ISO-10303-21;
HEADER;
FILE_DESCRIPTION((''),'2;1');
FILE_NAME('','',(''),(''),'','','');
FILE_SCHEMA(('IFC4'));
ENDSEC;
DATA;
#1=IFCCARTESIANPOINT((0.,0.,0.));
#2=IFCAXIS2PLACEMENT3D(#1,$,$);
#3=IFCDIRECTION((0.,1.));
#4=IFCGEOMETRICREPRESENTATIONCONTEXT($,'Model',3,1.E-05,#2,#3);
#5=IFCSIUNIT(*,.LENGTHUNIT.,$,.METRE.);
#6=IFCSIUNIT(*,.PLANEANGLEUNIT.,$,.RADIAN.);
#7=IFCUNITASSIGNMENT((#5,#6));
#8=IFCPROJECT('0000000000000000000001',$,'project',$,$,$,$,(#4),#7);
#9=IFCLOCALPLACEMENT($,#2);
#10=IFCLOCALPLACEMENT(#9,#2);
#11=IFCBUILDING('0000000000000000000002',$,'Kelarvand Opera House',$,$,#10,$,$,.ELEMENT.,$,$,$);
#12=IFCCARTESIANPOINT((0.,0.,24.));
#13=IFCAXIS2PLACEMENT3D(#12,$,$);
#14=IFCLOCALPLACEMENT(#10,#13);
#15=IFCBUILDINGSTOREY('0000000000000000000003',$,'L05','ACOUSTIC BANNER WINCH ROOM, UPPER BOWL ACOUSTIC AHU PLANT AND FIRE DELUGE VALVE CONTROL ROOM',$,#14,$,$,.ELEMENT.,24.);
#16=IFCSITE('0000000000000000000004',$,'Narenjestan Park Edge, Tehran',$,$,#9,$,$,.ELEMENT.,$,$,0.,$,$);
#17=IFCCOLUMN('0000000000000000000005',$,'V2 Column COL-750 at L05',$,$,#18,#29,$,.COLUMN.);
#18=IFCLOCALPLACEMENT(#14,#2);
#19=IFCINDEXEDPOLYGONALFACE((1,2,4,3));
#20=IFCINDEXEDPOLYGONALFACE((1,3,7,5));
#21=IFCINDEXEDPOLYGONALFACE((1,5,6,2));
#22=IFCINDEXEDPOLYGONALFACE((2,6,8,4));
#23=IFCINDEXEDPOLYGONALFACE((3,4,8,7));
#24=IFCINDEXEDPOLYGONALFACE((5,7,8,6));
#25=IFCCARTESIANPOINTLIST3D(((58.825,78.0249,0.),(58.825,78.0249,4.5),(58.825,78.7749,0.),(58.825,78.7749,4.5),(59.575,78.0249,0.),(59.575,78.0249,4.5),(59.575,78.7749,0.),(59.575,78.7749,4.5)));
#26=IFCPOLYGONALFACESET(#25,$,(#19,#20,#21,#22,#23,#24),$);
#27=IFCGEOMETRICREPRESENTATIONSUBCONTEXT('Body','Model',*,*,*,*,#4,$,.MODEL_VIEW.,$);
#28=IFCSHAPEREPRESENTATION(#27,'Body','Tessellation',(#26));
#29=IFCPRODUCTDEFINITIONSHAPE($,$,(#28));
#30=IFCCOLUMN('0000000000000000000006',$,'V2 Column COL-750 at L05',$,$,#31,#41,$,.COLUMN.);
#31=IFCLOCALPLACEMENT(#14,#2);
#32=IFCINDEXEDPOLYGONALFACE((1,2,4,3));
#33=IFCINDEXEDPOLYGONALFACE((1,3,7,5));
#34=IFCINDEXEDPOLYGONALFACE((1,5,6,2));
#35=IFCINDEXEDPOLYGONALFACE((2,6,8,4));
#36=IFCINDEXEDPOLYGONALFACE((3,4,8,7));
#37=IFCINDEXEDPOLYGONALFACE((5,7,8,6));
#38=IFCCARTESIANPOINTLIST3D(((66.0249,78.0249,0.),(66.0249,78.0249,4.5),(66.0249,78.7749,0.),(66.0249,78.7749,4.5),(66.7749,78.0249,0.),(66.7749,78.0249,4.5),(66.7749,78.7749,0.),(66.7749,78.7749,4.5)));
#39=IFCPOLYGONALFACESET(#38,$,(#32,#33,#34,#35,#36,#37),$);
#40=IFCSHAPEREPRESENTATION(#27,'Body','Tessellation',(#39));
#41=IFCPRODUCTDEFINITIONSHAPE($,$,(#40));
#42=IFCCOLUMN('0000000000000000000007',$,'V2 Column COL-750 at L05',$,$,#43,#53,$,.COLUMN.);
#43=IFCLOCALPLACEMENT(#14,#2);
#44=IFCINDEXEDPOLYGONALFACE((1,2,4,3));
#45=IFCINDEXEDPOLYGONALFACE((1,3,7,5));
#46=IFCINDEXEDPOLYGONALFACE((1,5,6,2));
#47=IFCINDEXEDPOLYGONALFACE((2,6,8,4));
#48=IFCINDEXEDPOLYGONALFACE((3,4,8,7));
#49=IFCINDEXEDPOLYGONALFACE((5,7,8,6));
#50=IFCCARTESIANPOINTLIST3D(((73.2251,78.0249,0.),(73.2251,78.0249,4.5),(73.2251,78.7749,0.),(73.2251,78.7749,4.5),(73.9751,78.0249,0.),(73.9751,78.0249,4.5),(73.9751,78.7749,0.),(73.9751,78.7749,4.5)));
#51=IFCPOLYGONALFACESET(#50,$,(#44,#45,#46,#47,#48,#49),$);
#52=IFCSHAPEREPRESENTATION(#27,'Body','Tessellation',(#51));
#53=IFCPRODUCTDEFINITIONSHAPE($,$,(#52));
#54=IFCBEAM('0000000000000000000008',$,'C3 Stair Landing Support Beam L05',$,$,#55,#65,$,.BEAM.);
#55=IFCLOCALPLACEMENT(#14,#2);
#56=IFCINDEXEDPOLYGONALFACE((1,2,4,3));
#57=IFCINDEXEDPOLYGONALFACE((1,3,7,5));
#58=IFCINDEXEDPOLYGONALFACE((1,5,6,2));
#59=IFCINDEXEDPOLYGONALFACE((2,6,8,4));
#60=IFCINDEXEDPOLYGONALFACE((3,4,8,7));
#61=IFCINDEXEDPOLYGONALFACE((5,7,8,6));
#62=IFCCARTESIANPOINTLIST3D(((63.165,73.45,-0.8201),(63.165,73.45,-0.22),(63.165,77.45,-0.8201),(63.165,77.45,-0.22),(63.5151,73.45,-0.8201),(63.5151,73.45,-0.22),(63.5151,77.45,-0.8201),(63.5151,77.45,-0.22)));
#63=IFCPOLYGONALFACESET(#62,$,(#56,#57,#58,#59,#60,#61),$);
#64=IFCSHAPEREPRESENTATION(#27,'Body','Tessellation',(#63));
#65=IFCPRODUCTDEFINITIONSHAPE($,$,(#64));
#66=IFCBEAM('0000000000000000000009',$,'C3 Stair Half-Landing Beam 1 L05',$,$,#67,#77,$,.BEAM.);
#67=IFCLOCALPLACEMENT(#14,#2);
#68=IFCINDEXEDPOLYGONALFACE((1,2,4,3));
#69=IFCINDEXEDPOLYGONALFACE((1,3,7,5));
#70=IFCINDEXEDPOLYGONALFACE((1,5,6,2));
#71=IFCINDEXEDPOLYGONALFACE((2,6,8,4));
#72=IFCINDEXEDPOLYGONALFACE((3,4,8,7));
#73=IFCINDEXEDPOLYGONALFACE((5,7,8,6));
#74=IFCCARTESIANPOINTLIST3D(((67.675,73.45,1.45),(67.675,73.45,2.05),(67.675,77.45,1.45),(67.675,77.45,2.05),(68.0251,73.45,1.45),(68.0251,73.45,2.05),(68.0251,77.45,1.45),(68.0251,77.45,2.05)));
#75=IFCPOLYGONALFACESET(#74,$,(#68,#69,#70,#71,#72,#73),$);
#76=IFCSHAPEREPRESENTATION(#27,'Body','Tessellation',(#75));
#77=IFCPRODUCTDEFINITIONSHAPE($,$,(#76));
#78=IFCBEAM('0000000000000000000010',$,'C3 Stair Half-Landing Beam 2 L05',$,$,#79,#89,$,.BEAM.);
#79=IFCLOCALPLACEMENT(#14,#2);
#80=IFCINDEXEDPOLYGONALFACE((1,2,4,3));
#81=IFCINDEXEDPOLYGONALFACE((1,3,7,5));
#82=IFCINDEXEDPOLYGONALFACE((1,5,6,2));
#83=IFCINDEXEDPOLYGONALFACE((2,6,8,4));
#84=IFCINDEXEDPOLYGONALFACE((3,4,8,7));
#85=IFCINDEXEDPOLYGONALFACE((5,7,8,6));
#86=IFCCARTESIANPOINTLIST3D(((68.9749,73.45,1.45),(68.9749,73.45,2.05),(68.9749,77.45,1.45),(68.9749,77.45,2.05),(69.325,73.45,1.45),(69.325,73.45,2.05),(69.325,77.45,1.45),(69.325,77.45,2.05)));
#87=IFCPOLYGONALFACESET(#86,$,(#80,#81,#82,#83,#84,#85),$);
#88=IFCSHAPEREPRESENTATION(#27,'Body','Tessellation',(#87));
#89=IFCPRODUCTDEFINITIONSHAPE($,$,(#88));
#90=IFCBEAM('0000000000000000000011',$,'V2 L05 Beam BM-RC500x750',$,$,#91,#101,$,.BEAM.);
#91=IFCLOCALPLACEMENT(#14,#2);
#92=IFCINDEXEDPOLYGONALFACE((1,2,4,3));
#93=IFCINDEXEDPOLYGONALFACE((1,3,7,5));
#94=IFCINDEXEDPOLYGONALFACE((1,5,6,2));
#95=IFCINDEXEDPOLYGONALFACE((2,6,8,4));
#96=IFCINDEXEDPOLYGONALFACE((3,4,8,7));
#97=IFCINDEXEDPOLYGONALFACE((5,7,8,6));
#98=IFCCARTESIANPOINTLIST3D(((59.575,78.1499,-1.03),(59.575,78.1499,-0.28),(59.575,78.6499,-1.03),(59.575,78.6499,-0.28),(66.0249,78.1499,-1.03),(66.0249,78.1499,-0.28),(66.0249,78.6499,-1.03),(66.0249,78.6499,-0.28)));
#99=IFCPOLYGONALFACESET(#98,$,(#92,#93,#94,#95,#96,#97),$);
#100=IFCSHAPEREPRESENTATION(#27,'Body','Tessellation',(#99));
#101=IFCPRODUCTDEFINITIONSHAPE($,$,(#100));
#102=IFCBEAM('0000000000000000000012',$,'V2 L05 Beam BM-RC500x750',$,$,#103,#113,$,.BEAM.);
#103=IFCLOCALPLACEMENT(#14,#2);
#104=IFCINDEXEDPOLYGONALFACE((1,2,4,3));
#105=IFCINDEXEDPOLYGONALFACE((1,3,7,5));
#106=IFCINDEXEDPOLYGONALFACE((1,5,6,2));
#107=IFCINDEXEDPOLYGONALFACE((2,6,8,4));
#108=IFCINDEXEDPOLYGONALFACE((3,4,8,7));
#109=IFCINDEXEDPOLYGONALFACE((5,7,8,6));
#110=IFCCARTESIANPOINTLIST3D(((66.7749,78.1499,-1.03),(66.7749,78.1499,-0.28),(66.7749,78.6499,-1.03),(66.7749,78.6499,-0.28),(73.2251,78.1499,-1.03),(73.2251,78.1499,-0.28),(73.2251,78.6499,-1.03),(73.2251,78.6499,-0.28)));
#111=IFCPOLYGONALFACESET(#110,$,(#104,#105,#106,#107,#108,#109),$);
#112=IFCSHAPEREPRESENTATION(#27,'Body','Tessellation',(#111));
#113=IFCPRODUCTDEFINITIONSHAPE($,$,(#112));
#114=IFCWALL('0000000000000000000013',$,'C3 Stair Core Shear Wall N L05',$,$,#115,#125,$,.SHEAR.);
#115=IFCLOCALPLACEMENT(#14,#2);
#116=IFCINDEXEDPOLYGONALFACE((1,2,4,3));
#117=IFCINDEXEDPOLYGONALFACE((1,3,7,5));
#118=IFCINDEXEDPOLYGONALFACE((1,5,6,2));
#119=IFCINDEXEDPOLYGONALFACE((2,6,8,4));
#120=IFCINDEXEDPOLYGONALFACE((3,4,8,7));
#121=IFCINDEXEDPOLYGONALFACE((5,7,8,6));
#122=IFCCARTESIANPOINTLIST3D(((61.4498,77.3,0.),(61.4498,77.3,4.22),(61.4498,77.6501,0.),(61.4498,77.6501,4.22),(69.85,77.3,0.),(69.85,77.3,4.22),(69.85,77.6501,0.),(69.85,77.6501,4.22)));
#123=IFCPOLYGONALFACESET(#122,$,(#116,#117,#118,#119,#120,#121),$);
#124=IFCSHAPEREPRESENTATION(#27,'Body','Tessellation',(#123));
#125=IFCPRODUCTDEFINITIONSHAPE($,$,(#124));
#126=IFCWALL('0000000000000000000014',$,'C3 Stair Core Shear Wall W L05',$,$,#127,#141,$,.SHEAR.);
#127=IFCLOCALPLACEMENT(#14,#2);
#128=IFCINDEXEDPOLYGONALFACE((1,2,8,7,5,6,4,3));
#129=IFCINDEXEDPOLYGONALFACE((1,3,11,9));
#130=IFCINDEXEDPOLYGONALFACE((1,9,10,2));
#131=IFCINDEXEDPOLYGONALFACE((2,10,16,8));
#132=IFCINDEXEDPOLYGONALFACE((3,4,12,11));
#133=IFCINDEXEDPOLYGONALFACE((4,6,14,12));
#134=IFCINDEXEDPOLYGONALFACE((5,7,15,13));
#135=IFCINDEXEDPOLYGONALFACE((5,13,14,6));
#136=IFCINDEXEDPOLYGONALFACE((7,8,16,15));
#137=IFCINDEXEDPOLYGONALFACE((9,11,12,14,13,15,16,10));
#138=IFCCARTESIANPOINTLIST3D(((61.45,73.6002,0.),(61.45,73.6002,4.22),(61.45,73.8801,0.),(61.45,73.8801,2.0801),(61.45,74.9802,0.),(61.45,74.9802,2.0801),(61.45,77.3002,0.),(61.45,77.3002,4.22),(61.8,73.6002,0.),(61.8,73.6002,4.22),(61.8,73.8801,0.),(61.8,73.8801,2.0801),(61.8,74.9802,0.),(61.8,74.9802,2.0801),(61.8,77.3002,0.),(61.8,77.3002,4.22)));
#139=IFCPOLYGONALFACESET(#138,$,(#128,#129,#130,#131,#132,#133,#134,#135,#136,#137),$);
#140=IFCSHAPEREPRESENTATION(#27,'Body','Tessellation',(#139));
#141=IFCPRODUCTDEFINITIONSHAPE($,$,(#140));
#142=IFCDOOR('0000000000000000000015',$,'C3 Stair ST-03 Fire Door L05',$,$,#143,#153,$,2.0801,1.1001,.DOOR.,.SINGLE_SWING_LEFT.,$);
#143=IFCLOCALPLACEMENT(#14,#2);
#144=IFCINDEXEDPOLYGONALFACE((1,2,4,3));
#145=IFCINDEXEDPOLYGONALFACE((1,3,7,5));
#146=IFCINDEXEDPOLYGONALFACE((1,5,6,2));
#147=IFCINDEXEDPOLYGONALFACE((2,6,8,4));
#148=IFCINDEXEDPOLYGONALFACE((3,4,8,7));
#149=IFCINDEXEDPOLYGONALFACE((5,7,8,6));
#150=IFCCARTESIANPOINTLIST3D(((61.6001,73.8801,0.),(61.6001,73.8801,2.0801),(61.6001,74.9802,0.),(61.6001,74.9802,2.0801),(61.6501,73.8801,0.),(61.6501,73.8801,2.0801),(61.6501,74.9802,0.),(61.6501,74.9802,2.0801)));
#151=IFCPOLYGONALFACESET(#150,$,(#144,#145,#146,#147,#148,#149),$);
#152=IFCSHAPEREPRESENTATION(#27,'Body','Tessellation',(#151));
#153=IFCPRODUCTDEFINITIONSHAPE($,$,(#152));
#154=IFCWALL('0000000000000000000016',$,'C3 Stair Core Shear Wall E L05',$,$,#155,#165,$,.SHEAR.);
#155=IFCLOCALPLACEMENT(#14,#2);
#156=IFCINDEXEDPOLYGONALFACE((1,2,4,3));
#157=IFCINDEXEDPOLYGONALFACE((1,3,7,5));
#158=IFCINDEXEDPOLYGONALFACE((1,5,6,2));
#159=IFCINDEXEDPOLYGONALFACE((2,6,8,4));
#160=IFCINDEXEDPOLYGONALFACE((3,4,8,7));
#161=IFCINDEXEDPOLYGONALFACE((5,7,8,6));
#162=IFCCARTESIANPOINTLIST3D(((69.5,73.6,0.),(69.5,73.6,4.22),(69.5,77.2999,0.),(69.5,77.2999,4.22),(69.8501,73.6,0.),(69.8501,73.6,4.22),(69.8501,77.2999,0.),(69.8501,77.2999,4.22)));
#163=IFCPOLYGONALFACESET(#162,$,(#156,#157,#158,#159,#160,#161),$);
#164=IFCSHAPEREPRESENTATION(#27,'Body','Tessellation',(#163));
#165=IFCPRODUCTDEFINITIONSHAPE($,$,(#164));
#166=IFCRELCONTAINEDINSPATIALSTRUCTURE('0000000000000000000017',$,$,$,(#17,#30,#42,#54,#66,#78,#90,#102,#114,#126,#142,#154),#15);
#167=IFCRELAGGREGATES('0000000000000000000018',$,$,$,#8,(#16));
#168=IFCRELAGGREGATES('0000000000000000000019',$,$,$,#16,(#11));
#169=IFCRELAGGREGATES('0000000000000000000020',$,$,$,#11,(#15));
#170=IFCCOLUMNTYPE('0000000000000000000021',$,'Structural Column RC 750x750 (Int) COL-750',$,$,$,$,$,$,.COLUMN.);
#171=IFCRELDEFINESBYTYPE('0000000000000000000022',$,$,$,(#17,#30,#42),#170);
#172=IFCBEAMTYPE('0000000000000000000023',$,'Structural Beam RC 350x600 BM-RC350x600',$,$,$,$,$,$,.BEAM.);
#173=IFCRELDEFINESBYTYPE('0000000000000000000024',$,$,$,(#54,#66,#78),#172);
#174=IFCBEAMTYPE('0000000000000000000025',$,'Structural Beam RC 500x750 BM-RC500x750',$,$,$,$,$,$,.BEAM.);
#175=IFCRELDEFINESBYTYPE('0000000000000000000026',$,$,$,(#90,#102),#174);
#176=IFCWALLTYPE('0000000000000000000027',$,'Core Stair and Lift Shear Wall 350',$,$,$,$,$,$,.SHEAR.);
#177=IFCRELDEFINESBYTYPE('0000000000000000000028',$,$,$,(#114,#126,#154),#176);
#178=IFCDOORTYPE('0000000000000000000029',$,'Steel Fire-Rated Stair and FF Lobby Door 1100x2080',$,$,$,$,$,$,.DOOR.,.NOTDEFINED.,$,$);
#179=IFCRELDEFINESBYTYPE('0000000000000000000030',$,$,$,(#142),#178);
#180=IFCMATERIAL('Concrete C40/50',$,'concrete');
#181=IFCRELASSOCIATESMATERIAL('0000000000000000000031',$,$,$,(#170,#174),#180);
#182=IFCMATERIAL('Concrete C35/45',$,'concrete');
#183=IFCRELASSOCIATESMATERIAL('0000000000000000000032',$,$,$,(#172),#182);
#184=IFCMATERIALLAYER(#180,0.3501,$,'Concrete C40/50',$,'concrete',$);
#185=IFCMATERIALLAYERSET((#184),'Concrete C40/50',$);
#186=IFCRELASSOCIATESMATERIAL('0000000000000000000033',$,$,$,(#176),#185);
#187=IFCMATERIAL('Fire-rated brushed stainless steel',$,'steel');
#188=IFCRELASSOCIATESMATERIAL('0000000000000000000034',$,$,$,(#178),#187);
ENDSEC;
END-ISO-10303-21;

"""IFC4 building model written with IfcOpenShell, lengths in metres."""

from ifc_helpers import new_model, si_unit, direction, frame, frame_2d, origin, origin_2d, place, context, subcontext, project, spatial, rectangle, extrude, material, layer, layer_set, material_profile, profile_set, type_object, element, fill, save


model = new_model("IFC4")

# Units and contexts
model_context = context("Model", 3, precision=1e-05, world=origin(), true_north=direction((0.0, 1.0)))
body_context = subcontext(model_context, "Body", "Model", "MODEL_VIEW")
ifc_project = project(units=[si_unit("LENGTHUNIT", "METRE"), si_unit("PLANEANGLEUNIT", "RADIAN")], contexts=[model_context])

# Site, building, storey
site_placement = place(None, origin())
site = spatial("IfcSite", under=ifc_project, at=site_placement, Name="Narenjestan Park Edge, Tehran", CompositionType="ELEMENT", RefElevation=0.0)
building_placement = place(site_placement, origin())
building = spatial("IfcBuilding", under=site, at=building_placement, Name="Kelarvand Opera House", CompositionType="ELEMENT")
storey_placement = place(building_placement, frame((0.0, 0.0, 24.0)))
storey = spatial("IfcBuildingStorey", under=building, at=storey_placement, Name="L05", Description="ACOUSTIC BANNER WINCH ROOM, UPPER BOWL ACOUSTIC AHU PLANT AND FIRE DELUGE VALVE CONTROL ROOM", CompositionType="ELEMENT", Elevation=24.0)

# Columns
ifc_material_1 = material(Name="Concrete C40/50", Category="concrete")
ifc_material_profile_1 = material_profile(ifc_material_1, rectangle(XDim=0.75, YDim=0.75, at=origin_2d()), Name="RC 750x750", Category="concrete")
ifc_profile_set_1 = profile_set([ifc_material_profile_1], Name="Concrete C40/50")
column_type = type_object("IfcColumnType", Name="Structural Column RC 750x750 (Int) COL-750", PredefinedType="COLUMN", material=ifc_profile_set_1)
for number, where, z_axis, x_axis, name in (
    (1, (59.2, 78.3999, 0.0), (0.0, 0.0, 1.0), (1.0, 0.0, 0.0), "V2 Column COL-750 at L05"),
    (2, (66.3999, 78.3999, 0.0), (0.0, 0.0, 1.0), (1.0, 0.0, 0.0), "V2 Column COL-750 at L05"),
    (3, (73.6001, 78.3999, 0.0), (0.0, 0.0, 1.0), (1.0, 0.0, 0.0), "V2 Column COL-750 at L05"),
):
    element("IfcColumn", number, at=place(storey_placement, frame(where, z_axis=z_axis, x_axis=x_axis)), inside=storey, type_object=column_type, Name=name, PredefinedType="COLUMN", context=body_context, shape_type="SweptSolid", body=[
        extrude(rectangle(XDim=0.75, YDim=0.75, at=origin_2d()), origin(), (0.0, 0.0, 1.0), 4.5),
    ])

# Beams
ifc_material_2 = material(Name="Concrete C35/45", Category="concrete")
ifc_material_profile_2 = material_profile(ifc_material_2, rectangle(XDim=0.3501, YDim=0.6001, at=origin_2d()), Name="RC 350x600", Category="concrete")
ifc_profile_set_2 = profile_set([ifc_material_profile_2], Name="Concrete C35/45")
beam_type_1 = type_object("IfcBeamType", Name="Structural Beam RC 350x600 BM-RC350x600", PredefinedType="BEAM", material=ifc_profile_set_2)
for number, where, z_axis, x_axis, name in (
    (4, (63.3401, 73.45, -0.52), (0.0, 1.0, 0.0), (-1.0, 0.0, 0.0), "C3 Stair Landing Support Beam L05"),
    (5, (67.8501, 73.45, 1.75), (0.0, 1.0, 0.0), (-1.0, 0.0, 0.0), "C3 Stair Half-Landing Beam 1 L05"),
    (6, (69.1499, 73.45, 1.75), (0.0, 1.0, 0.0), (-1.0, 0.0, 0.0), "C3 Stair Half-Landing Beam 2 L05"),
):
    element("IfcBeam", number, at=place(storey_placement, frame(where, z_axis=z_axis, x_axis=x_axis)), inside=storey, type_object=beam_type_1, Name=name, PredefinedType="BEAM", context=body_context, shape_type="SweptSolid", body=[
        extrude(rectangle(XDim=0.3501, YDim=0.6001, at=origin_2d()), origin(), (0.0, 0.0, 1.0), 4.0),
    ])
ifc_material_profile_3 = material_profile(ifc_material_1, rectangle(XDim=0.5, YDim=0.75, at=origin_2d()), Name="RC 500x750", Category="concrete")
ifc_profile_set_3 = profile_set([ifc_material_profile_3], Name="Concrete C40/50")
beam_type_2 = type_object("IfcBeamType", Name="Structural Beam RC 500x750 BM-RC500x750", PredefinedType="BEAM", material=ifc_profile_set_3)
beam_1_placement = place(storey_placement, frame((59.575, 78.3999, -0.655), z_axis=(1.0, 0.0, 0.0), x_axis=(0.0, 1.0, 0.0)))
element("IfcBeam", 7, at=beam_1_placement, inside=storey, type_object=beam_type_2, Name="V2 L05 Beam BM-RC500x750", PredefinedType="BEAM", context=body_context, shape_type="SweptSolid", body=[
    extrude(rectangle(XDim=0.5, YDim=0.75, at=origin_2d()), origin(), (0.0, 0.0, 1.0), 6.45),
])
beam_2_placement = place(storey_placement, frame((66.7749, 78.3999, -0.655), z_axis=(1.0, 0.0, 0.0), x_axis=(0.0, 1.0, 0.0)))
element("IfcBeam", 8, at=beam_2_placement, inside=storey, type_object=beam_type_2, Name="V2 L05 Beam BM-RC500x750", PredefinedType="BEAM", context=body_context, shape_type="SweptSolid", body=[
    extrude(rectangle(XDim=0.5, YDim=0.75, at=origin_2d()), origin(), (0.0, 0.0, 1.0), 6.4502),
])

# Wall
ifc_layer_1 = layer(ifc_material_1, 0.3501, Name="Concrete C40/50", Category="concrete")
ifc_layer_set_1 = layer_set([ifc_layer_1], Name="Concrete C40/50")
wall_type_1 = type_object("IfcWallType", Name="Core Stair and Lift Shear Wall 350", PredefinedType="SHEAR", material=ifc_layer_set_1)
wall_1_placement = place(storey_placement, frame((69.8501, 77.4751, 0.0), z_axis=(0.0, 0.0, 1.0), x_axis=(-1.0, 0.0, 0.0)))
element("IfcWall", 9, at=wall_1_placement, inside=storey, type_object=wall_type_1, Name="C3 Stair Core Shear Wall N L05", PredefinedType="SHEAR", context=body_context, shape_type="SweptSolid", body=[
    extrude(rectangle(XDim=8.4001, YDim=0.3501, at=frame_2d((4.2002, 0.0))), origin(), (0.0, 0.0, 1.0), 4.22),
])

# Wall, opening, door
wall_2_placement = place(storey_placement, frame((61.625, 73.6001, 0.0), z_axis=(0.0, 0.0, 1.0), x_axis=(0.0, 1.0, 0.0)))
wall_2 = element("IfcWall", 10, at=wall_2_placement, inside=storey, type_object=wall_type_1, Name="C3 Stair Core Shear Wall W L05", PredefinedType="SHEAR", context=body_context, shape_type="SweptSolid", body=[
    extrude(rectangle(XDim=3.7, YDim=0.3501, at=frame_2d((1.8501, 0.0))), origin(), (0.0, 0.0, 1.0), 4.22),
])
opening_1_placement = place(wall_2_placement, frame((0.28, 0.0, 0.0)))
opening_1 = element("IfcOpeningElement", 11, at=opening_1_placement, cuts=wall_2, PredefinedType="OPENING", context=body_context, shape_type="SweptSolid", body=[
    extrude(rectangle(XDim=1.1001, YDim=2.0801, at=frame_2d((0.55, 1.04))), frame((0.0, 0.1851, 0.0), z_axis=(0.0, -1.0, 0.0), x_axis=(1.0, 0.0, 0.0)), (0.0, 0.0, 1.0), 0.3701),
])
ifc_material_3 = material(Name="Fire-rated brushed stainless steel", Category="steel")
door_type = type_object("IfcDoorType", Name="Steel Fire-Rated Stair and FF Lobby Door 1100x2080", OperationType="NOTDEFINED", PredefinedType="DOOR", material=ifc_material_3)
door_placement = place(opening_1_placement, origin())
door = element("IfcDoor", 12, at=door_placement, inside=storey, type_object=door_type, Name="C3 Stair ST-03 Fire Door L05", OperationType="SINGLE_SWING_LEFT", OverallHeight=2.0801, OverallWidth=1.1001, PredefinedType="DOOR", context=body_context, shape_type="SweptSolid", body=[
    extrude(rectangle(XDim=1.1001, YDim=2.0801, at=frame_2d((0.55, 1.04))), frame((0.0, 0.0249, 0.0), z_axis=(0.0, -1.0, 0.0), x_axis=(1.0, 0.0, 0.0)), (0.0, 0.0, 1.0), 0.05),
])
fill(opening_1, door)

# Wall
wall_3_placement = place(storey_placement, frame((69.675, 77.3, 0.0), z_axis=(0.0, 0.0, 1.0), x_axis=(0.0, -1.0, 0.0)))
element("IfcWall", 13, at=wall_3_placement, inside=storey, type_object=wall_type_1, Name="C3 Stair Core Shear Wall E L05", PredefinedType="SHEAR", context=body_context, shape_type="SweptSolid", body=[
    extrude(rectangle(XDim=3.7, YDim=0.3501, at=frame_2d((1.8501, 0.0))), origin(), (0.0, 0.0, 1.0), 4.22),
])

save(model, "model.ifc")
